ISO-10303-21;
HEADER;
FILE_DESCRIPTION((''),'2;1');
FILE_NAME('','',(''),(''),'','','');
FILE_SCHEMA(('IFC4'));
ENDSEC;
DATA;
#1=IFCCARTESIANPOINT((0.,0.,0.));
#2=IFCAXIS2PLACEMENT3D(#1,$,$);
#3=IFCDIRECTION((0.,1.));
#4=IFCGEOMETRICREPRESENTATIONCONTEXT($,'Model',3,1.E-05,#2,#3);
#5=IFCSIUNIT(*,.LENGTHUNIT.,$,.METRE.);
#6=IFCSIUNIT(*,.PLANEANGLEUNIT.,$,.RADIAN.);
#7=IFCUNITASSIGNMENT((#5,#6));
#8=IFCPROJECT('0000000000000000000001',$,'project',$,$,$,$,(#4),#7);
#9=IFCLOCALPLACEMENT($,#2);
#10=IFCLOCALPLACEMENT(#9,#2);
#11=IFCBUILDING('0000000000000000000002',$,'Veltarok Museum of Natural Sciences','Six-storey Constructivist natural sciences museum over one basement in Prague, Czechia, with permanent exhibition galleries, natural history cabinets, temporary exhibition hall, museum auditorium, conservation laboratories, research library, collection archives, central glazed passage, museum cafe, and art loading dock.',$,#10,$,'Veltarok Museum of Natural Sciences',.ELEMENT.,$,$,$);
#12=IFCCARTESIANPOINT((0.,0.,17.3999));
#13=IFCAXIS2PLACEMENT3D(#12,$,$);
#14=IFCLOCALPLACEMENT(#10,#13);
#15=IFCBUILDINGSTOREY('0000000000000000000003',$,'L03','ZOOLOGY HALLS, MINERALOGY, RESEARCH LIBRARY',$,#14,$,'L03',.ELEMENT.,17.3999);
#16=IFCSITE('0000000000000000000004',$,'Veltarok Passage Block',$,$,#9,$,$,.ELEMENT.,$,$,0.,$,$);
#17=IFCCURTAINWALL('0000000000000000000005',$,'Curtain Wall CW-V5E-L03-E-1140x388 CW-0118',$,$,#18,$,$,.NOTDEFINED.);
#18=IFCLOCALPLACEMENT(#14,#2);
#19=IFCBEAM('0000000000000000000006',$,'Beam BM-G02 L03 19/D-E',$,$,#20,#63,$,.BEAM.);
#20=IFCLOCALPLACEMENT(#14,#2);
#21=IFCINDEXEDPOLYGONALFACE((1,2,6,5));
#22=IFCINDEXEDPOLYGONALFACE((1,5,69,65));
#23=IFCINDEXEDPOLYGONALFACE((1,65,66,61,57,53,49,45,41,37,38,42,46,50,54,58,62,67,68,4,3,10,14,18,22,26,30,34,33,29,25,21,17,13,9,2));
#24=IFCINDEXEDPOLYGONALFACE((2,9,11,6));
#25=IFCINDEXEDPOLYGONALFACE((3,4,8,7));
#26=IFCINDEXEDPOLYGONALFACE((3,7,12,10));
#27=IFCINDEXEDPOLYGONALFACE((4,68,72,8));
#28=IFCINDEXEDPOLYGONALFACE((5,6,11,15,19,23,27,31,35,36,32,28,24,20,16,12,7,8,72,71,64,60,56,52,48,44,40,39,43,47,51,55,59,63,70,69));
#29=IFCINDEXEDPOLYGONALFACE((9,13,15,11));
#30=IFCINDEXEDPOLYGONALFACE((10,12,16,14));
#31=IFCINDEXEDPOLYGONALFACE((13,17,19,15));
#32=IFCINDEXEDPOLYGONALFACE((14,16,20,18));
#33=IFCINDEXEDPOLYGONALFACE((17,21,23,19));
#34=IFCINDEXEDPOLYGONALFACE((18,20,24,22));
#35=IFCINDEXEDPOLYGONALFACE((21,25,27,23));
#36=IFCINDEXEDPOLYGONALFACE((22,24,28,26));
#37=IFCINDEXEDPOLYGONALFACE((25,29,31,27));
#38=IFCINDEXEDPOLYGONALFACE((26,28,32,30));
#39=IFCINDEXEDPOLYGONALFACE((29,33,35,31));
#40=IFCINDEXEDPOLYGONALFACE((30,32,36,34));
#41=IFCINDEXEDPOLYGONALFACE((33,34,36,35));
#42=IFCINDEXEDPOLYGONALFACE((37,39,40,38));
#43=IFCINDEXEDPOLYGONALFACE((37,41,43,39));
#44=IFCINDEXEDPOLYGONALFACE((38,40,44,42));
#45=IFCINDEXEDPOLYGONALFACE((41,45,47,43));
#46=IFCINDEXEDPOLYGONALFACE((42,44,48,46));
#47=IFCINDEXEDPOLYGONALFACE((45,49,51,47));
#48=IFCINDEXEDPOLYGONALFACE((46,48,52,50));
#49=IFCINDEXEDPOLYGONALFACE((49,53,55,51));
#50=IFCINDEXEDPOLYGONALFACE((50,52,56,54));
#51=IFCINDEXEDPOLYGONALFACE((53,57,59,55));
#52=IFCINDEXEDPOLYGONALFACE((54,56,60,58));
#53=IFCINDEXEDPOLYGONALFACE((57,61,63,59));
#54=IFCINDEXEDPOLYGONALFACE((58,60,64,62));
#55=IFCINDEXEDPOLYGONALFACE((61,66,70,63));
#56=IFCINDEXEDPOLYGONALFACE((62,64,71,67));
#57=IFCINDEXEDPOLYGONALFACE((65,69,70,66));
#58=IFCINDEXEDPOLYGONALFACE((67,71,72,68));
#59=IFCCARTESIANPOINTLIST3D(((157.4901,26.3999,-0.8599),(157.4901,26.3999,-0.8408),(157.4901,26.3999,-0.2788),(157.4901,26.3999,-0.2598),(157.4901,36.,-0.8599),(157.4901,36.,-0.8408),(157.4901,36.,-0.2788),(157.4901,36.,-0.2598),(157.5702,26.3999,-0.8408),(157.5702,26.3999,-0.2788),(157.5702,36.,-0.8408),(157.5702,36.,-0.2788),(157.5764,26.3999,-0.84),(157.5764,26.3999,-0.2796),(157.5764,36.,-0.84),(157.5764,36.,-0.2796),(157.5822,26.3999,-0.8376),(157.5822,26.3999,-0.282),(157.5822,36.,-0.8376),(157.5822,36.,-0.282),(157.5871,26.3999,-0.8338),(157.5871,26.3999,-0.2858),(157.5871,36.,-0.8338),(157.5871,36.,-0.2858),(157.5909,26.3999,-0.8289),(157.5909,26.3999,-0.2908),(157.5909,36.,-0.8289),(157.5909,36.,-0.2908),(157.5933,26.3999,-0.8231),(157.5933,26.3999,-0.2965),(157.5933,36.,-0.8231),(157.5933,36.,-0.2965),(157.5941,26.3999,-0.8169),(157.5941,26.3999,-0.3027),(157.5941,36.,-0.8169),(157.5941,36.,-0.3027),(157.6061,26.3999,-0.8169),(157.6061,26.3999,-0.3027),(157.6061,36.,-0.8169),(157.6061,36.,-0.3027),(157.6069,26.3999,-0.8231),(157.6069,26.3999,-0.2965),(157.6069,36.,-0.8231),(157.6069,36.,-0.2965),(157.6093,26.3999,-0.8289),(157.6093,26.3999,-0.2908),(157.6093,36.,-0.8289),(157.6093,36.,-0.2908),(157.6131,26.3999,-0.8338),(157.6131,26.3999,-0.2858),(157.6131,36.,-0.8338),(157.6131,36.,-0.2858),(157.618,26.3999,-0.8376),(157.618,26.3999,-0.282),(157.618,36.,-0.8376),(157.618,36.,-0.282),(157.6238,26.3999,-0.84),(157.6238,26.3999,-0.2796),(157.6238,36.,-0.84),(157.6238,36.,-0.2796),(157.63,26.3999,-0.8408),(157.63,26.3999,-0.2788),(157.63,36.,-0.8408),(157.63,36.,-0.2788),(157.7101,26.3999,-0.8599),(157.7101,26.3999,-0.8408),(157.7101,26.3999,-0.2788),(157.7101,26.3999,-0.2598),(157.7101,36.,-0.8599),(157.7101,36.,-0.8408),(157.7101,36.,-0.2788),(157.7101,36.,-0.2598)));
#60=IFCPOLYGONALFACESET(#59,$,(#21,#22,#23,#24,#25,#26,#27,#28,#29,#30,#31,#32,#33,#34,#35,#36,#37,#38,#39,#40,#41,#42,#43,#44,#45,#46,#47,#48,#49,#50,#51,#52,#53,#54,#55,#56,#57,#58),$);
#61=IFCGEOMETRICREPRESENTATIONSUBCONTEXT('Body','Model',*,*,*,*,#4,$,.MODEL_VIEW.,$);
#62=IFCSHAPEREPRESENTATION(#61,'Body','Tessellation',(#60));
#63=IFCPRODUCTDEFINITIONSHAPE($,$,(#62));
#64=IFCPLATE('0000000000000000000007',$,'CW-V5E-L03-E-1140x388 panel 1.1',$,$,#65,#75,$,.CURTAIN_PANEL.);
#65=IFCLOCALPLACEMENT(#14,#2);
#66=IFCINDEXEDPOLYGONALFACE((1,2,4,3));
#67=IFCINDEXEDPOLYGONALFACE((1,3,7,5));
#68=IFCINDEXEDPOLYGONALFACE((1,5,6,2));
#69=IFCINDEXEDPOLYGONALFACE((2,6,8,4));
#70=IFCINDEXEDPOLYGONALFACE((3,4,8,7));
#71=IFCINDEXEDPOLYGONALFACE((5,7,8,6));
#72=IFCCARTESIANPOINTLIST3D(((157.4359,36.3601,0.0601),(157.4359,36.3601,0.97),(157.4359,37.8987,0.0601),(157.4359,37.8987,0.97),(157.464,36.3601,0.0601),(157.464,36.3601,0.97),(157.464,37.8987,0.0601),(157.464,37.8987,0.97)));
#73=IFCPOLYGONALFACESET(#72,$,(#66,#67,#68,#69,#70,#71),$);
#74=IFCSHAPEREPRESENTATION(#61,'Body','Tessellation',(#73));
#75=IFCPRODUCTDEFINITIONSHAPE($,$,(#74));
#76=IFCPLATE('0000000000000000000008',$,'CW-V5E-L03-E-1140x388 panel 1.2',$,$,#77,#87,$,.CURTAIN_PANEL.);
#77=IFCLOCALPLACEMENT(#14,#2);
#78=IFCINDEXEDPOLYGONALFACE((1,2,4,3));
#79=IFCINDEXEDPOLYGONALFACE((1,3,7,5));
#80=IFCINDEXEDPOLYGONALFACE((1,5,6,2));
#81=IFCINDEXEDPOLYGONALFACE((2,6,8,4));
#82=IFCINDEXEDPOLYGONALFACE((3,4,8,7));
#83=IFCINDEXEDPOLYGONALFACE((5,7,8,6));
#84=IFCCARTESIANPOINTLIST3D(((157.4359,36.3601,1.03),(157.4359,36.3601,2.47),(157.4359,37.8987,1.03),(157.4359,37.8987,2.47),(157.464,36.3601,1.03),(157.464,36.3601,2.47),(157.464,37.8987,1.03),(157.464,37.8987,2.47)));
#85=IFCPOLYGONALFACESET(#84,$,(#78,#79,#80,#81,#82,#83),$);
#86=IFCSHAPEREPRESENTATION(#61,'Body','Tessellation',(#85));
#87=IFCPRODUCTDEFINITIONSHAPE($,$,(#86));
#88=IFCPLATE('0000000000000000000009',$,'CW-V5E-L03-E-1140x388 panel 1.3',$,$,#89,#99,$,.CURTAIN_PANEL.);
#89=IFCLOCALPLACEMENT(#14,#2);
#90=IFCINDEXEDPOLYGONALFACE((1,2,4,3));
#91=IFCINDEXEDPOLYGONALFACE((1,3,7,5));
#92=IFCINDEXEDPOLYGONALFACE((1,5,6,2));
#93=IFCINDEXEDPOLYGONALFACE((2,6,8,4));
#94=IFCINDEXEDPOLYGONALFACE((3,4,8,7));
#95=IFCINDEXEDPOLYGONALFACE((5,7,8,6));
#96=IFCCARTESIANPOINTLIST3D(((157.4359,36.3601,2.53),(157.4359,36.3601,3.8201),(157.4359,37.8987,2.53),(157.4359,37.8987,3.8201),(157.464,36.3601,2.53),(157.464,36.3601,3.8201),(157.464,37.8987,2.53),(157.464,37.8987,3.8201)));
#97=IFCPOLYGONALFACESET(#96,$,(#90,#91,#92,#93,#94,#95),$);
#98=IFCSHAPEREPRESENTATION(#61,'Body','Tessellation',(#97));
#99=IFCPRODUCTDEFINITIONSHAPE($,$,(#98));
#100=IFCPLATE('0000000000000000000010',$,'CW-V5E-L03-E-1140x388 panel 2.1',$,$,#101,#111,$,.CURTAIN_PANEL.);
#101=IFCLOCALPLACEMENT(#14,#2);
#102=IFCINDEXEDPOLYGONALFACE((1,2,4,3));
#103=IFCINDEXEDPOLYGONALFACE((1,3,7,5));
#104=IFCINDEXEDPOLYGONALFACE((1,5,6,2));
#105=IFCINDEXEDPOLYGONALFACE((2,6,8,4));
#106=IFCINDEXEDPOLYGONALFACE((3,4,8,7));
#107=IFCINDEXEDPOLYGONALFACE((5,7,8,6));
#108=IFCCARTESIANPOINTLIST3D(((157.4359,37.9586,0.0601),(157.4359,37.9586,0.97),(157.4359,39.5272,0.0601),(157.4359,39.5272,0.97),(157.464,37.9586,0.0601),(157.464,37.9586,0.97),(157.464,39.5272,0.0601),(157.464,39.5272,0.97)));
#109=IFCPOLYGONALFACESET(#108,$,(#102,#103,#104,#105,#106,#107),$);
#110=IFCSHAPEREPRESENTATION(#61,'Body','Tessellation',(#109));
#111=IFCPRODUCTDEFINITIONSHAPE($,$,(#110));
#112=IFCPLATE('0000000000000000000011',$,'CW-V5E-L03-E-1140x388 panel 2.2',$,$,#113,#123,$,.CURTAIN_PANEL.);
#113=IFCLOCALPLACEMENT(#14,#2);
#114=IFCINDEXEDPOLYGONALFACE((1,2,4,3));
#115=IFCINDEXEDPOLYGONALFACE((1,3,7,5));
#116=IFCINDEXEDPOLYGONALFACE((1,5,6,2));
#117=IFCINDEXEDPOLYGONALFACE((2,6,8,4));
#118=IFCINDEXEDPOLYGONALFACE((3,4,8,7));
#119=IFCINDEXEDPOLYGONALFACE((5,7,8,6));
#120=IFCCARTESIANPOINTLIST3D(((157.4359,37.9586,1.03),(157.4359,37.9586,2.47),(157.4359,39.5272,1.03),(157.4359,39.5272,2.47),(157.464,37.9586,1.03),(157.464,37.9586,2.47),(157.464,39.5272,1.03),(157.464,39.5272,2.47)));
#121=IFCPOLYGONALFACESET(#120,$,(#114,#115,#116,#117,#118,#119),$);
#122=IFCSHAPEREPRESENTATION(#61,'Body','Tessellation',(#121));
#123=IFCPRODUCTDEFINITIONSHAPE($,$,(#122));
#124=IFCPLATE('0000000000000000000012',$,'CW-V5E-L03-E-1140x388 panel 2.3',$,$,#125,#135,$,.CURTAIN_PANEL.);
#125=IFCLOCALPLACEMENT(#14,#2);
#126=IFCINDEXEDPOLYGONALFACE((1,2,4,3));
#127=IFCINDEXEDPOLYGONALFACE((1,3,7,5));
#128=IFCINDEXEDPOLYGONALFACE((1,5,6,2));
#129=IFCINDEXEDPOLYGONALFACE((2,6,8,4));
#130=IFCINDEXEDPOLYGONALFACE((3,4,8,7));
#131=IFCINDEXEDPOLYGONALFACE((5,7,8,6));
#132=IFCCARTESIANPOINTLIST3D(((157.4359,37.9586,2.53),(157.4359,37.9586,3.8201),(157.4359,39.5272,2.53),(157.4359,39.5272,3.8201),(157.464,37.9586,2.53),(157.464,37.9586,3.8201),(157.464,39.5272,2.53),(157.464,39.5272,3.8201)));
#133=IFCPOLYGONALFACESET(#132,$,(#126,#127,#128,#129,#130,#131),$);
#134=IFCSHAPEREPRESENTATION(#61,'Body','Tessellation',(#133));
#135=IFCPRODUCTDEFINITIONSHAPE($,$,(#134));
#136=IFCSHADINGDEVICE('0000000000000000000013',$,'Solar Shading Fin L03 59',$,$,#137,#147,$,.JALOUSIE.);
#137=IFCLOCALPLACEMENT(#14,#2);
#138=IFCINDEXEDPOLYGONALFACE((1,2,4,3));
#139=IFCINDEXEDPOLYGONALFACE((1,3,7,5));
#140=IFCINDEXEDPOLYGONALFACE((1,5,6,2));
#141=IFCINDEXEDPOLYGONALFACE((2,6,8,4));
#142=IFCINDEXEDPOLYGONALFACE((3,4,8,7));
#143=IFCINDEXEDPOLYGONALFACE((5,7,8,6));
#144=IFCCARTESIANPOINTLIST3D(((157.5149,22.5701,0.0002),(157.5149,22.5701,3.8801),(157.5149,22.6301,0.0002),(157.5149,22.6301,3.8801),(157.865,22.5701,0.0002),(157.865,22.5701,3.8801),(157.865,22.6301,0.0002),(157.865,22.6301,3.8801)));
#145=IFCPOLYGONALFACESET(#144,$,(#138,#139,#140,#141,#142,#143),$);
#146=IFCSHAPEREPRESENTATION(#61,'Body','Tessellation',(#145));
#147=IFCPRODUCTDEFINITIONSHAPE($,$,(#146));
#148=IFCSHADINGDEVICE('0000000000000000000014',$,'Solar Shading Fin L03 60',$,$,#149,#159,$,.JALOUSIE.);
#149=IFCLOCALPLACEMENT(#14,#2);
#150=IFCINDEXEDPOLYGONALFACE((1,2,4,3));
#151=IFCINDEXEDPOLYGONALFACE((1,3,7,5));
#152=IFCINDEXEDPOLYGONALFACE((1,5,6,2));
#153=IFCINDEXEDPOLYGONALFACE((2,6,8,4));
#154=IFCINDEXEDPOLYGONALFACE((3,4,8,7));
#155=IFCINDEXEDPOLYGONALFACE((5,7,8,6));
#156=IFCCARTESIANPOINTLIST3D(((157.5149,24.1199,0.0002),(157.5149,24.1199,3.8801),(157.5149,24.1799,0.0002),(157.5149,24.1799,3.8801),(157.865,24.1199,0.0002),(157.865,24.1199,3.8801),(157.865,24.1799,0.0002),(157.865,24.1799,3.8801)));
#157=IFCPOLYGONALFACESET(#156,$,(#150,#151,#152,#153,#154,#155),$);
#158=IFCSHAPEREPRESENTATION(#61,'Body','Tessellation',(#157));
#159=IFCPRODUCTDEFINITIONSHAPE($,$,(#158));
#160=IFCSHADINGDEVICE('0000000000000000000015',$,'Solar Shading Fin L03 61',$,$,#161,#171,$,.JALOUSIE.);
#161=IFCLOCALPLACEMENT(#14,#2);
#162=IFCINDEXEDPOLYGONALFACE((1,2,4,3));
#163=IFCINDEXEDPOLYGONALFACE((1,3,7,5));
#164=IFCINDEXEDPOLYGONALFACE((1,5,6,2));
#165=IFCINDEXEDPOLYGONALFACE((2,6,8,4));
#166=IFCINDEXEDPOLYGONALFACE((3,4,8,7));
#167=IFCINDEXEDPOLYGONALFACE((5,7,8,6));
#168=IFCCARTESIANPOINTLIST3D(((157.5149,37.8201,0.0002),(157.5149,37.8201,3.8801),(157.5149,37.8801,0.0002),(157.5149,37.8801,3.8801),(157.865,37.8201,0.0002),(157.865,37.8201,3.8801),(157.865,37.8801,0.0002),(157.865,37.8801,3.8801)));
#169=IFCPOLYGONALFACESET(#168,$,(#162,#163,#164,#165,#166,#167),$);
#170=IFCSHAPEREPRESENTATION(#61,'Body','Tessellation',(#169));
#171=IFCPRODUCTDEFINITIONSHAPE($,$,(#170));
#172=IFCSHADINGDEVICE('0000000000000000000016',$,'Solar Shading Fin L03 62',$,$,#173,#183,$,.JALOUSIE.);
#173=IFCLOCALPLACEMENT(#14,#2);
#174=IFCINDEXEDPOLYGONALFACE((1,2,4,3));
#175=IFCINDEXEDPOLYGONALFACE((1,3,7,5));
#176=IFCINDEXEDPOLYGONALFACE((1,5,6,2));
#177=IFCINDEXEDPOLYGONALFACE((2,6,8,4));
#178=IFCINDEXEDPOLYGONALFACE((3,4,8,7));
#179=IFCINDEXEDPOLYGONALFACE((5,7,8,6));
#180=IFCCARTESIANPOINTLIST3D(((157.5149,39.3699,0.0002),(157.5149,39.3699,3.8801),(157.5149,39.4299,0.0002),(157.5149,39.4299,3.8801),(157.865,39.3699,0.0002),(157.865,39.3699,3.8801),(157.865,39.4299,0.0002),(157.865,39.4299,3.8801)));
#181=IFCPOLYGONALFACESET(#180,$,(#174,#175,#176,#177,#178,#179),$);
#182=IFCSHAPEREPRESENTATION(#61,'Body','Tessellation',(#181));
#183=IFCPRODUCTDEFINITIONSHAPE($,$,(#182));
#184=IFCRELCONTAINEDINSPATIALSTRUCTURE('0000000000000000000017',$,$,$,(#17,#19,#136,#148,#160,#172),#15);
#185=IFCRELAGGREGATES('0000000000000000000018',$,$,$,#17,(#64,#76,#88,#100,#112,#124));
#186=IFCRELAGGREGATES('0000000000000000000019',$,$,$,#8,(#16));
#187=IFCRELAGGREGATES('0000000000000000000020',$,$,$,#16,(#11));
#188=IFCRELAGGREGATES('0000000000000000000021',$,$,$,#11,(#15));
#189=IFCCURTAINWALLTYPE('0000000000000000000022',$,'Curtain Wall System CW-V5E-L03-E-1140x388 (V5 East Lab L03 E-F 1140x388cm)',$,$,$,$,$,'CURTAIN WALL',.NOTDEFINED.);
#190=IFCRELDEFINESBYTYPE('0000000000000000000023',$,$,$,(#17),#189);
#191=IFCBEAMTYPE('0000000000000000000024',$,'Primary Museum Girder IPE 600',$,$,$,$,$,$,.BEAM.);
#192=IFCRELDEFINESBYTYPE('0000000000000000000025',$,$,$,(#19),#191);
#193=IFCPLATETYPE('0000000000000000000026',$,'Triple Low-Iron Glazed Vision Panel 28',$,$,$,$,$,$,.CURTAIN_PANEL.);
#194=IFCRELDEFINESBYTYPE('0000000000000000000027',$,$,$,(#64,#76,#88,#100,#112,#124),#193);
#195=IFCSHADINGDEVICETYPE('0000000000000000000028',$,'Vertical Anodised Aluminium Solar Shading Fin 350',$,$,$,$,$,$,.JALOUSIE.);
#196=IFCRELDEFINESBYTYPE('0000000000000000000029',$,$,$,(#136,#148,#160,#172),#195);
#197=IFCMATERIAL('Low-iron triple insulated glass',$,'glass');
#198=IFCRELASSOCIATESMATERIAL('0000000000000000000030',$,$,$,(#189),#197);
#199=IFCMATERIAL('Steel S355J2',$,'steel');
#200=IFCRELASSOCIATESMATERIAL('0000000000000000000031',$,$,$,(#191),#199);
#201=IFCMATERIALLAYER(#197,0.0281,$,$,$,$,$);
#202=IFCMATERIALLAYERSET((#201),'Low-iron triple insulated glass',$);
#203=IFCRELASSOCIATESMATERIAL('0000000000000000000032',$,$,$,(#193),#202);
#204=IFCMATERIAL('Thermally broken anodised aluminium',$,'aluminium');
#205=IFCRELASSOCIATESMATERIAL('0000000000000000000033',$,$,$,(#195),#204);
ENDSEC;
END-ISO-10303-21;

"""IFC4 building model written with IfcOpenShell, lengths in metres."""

from ifc_helpers import new_model, si_unit, direction, frame, origin, origin_2d, place, context, subcontext, project, spatial, rectangle, i_section, extrude, material, layer, layer_set, material_profile, profile_set, type_object, element, aggregate, save


model = new_model("IFC4")

# Units and contexts
model_context = context("Model", 3, precision=1e-05, world=origin(), true_north=direction((0.0, 1.0)))
body_context = subcontext(model_context, "Body", "Model", "MODEL_VIEW")
ifc_project = project(units=[si_unit("LENGTHUNIT", "METRE"), si_unit("PLANEANGLEUNIT", "RADIAN")], contexts=[model_context])

# Site, building, storey
site_placement = place(None, origin())
site = spatial("IfcSite", under=ifc_project, at=site_placement, Name="Veltarok Passage Block", CompositionType="ELEMENT", RefElevation=0.0)
building_placement = place(site_placement, origin())
building = spatial("IfcBuilding", under=site, at=building_placement, Name="Veltarok Museum of Natural Sciences", Description="Six-storey Constructivist natural sciences museum over one basement in Prague, Czechia, with permanent exhibition galleries, natural history cabinets, temporary exhibition hall, museum auditorium, conservation laboratories, research library, collection archives, central glazed passage, museum cafe, and art loading dock.", LongName="Veltarok Museum of Natural Sciences", CompositionType="ELEMENT")
storey_placement = place(building_placement, frame((0.0, 0.0, 17.3999)))
storey = spatial("IfcBuildingStorey", under=building, at=storey_placement, Name="L03", Description="ZOOLOGY HALLS, MINERALOGY, RESEARCH LIBRARY", LongName="L03", CompositionType="ELEMENT", Elevation=17.3999)

# Shared definitions
ifc_material_1 = material(Name="Steel S355J2", Category="steel")

# Curtain wall
ifc_material_2 = material(Name="Low-iron triple insulated glass", Category="glass")
curtain_wall_type = type_object("IfcCurtainWallType", Name="Curtain Wall System CW-V5E-L03-E-1140x388 (V5 East Lab L03 E-F 1140x388cm)", ElementType="CURTAIN WALL", PredefinedType="NOTDEFINED", material=ifc_material_2)
curtain_wall_placement = place(storey_placement, origin())
curtain_wall = element("IfcCurtainWall", 1, at=curtain_wall_placement, inside=storey, type_object=curtain_wall_type, Name="Curtain Wall CW-V5E-L03-E-1140x388 CW-0118", PredefinedType="NOTDEFINED")
ifc_material_3 = material(Name="Thermally broken anodised aluminium", Category="aluminium")

# Beam
ifc_material_profile_1 = material_profile(ifc_material_1, i_section(OverallWidth=0.22, OverallDepth=0.6001, WebThickness=0.012, FlangeThickness=0.019, FilletRadius=0.0239, at=origin_2d()), Name="IPE 600")
ifc_profile_set_1 = profile_set([ifc_material_profile_1], Name="Steel S355J2")
beam_type_1 = type_object("IfcBeamType", Name="Primary Museum Girder IPE 600", PredefinedType="BEAM", material=ifc_profile_set_1)
beam_1_placement = place(storey_placement, frame((157.6001, 26.3999, -0.5598), z_axis=(0.0, 1.0, 0.0), x_axis=(-1.0, 0.0, 0.0)))
element("IfcBeam", 2, at=beam_1_placement, inside=storey, type_object=beam_type_1, Name="Beam BM-G02 L03 19/D-E", PredefinedType="BEAM", context=body_context, shape_type="SweptSolid", body=[
    extrude(i_section(OverallWidth=0.22, OverallDepth=0.6001, WebThickness=0.012, FlangeThickness=0.019, FilletRadius=0.0239, at=origin_2d()), origin(), (0.0, 0.0, 1.0), 9.6001),
])

# Plates
ifc_layer = layer(ifc_material_2, 0.0281)
ifc_layer_set = layer_set([ifc_layer], Name="Low-iron triple insulated glass")
plate_type = type_object("IfcPlateType", Name="Triple Low-Iron Glazed Vision Panel 28", PredefinedType="CURTAIN_PANEL", material=ifc_layer_set)
plate_1_placement = place(storey_placement, frame((157.45, 37.1294, 0.0601), z_axis=(0.0, 0.0, 1.0), x_axis=(0.0, 1.0, 0.0)))
plate_1 = element("IfcPlate", 3, at=plate_1_placement, type_object=plate_type, Name="CW-V5E-L03-E-1140x388 panel 1.1", PredefinedType="CURTAIN_PANEL", context=body_context, shape_type="SweptSolid", body=[
    extrude(rectangle(XDim=1.5386, YDim=0.0281, at=origin_2d()), origin(), (0.0, 0.0, 1.0), 0.9099),
])
plate_2_placement = place(storey_placement, frame((157.45, 37.1294, 1.03), z_axis=(0.0, 0.0, 1.0), x_axis=(0.0, 1.0, 0.0)))
plate_2 = element("IfcPlate", 4, at=plate_2_placement, type_object=plate_type, Name="CW-V5E-L03-E-1140x388 panel 1.2", PredefinedType="CURTAIN_PANEL", context=body_context, shape_type="SweptSolid", body=[
    extrude(rectangle(XDim=1.5386, YDim=0.0281, at=origin_2d()), origin(), (0.0, 0.0, 1.0), 1.4399),
])
plate_3_placement = place(storey_placement, frame((157.45, 37.1294, 2.53), z_axis=(0.0, 0.0, 1.0), x_axis=(0.0, 1.0, 0.0)))
plate_3 = element("IfcPlate", 5, at=plate_3_placement, type_object=plate_type, Name="CW-V5E-L03-E-1140x388 panel 1.3", PredefinedType="CURTAIN_PANEL", context=body_context, shape_type="SweptSolid", body=[
    extrude(rectangle(XDim=1.5386, YDim=0.0281, at=origin_2d()), origin(), (0.0, 0.0, 1.0), 1.29),
])
plate_4_placement = place(storey_placement, frame((157.45, 38.7429, 0.0601), z_axis=(0.0, 0.0, 1.0), x_axis=(0.0, 1.0, 0.0)))
plate_4 = element("IfcPlate", 6, at=plate_4_placement, type_object=plate_type, Name="CW-V5E-L03-E-1140x388 panel 2.1", PredefinedType="CURTAIN_PANEL", context=body_context, shape_type="SweptSolid", body=[
    extrude(rectangle(XDim=1.5686, YDim=0.0281, at=origin_2d()), origin(), (0.0, 0.0, 1.0), 0.9099),
])
plate_5_placement = place(storey_placement, frame((157.45, 38.7429, 1.03), z_axis=(0.0, 0.0, 1.0), x_axis=(0.0, 1.0, 0.0)))
plate_5 = element("IfcPlate", 7, at=plate_5_placement, type_object=plate_type, Name="CW-V5E-L03-E-1140x388 panel 2.2", PredefinedType="CURTAIN_PANEL", context=body_context, shape_type="SweptSolid", body=[
    extrude(rectangle(XDim=1.5686, YDim=0.0281, at=origin_2d()), origin(), (0.0, 0.0, 1.0), 1.4399),
])
plate_6_placement = place(storey_placement, frame((157.45, 38.7429, 2.53), z_axis=(0.0, 0.0, 1.0), x_axis=(0.0, 1.0, 0.0)))
plate_6 = element("IfcPlate", 8, at=plate_6_placement, type_object=plate_type, Name="CW-V5E-L03-E-1140x388 panel 2.3", PredefinedType="CURTAIN_PANEL", context=body_context, shape_type="SweptSolid", body=[
    extrude(rectangle(XDim=1.5686, YDim=0.0281, at=origin_2d()), origin(), (0.0, 0.0, 1.0), 1.29),
])
aggregate(curtain_wall, [plate_1, plate_2, plate_3, plate_4, plate_5, plate_6])

# Shading devices
shading_device_type = type_object("IfcShadingDeviceType", Name="Vertical Anodised Aluminium Solar Shading Fin 350", PredefinedType="JALOUSIE", material=ifc_material_3)
for number, where, z_axis, x_axis, name in (
    (9, (157.6899, 22.6001, 0.0002), (0.0, 0.0, 1.0), (1.0, 0.0, 0.0), "Solar Shading Fin L03 59"),
    (10, (157.6899, 24.1499, 0.0002), (0.0, 0.0, 1.0), (1.0, 0.0, 0.0), "Solar Shading Fin L03 60"),
    (11, (157.6899, 37.8501, 0.0002), (0.0, 0.0, 1.0), (1.0, 0.0, 0.0), "Solar Shading Fin L03 61"),
    (12, (157.6899, 39.3999, 0.0002), (0.0, 0.0, 1.0), (1.0, 0.0, 0.0), "Solar Shading Fin L03 62"),
):
    element("IfcShadingDevice", number, at=place(storey_placement, frame(where, z_axis=z_axis, x_axis=x_axis)), inside=storey, type_object=shading_device_type, Name=name, PredefinedType="JALOUSIE", context=body_context, shape_type="SweptSolid", body=[
        extrude(rectangle(XDim=0.3501, YDim=0.0601, at=origin_2d()), origin(), (0.0, 0.0, 1.0), 3.8799),
    ])

save(model, "model.ifc")
